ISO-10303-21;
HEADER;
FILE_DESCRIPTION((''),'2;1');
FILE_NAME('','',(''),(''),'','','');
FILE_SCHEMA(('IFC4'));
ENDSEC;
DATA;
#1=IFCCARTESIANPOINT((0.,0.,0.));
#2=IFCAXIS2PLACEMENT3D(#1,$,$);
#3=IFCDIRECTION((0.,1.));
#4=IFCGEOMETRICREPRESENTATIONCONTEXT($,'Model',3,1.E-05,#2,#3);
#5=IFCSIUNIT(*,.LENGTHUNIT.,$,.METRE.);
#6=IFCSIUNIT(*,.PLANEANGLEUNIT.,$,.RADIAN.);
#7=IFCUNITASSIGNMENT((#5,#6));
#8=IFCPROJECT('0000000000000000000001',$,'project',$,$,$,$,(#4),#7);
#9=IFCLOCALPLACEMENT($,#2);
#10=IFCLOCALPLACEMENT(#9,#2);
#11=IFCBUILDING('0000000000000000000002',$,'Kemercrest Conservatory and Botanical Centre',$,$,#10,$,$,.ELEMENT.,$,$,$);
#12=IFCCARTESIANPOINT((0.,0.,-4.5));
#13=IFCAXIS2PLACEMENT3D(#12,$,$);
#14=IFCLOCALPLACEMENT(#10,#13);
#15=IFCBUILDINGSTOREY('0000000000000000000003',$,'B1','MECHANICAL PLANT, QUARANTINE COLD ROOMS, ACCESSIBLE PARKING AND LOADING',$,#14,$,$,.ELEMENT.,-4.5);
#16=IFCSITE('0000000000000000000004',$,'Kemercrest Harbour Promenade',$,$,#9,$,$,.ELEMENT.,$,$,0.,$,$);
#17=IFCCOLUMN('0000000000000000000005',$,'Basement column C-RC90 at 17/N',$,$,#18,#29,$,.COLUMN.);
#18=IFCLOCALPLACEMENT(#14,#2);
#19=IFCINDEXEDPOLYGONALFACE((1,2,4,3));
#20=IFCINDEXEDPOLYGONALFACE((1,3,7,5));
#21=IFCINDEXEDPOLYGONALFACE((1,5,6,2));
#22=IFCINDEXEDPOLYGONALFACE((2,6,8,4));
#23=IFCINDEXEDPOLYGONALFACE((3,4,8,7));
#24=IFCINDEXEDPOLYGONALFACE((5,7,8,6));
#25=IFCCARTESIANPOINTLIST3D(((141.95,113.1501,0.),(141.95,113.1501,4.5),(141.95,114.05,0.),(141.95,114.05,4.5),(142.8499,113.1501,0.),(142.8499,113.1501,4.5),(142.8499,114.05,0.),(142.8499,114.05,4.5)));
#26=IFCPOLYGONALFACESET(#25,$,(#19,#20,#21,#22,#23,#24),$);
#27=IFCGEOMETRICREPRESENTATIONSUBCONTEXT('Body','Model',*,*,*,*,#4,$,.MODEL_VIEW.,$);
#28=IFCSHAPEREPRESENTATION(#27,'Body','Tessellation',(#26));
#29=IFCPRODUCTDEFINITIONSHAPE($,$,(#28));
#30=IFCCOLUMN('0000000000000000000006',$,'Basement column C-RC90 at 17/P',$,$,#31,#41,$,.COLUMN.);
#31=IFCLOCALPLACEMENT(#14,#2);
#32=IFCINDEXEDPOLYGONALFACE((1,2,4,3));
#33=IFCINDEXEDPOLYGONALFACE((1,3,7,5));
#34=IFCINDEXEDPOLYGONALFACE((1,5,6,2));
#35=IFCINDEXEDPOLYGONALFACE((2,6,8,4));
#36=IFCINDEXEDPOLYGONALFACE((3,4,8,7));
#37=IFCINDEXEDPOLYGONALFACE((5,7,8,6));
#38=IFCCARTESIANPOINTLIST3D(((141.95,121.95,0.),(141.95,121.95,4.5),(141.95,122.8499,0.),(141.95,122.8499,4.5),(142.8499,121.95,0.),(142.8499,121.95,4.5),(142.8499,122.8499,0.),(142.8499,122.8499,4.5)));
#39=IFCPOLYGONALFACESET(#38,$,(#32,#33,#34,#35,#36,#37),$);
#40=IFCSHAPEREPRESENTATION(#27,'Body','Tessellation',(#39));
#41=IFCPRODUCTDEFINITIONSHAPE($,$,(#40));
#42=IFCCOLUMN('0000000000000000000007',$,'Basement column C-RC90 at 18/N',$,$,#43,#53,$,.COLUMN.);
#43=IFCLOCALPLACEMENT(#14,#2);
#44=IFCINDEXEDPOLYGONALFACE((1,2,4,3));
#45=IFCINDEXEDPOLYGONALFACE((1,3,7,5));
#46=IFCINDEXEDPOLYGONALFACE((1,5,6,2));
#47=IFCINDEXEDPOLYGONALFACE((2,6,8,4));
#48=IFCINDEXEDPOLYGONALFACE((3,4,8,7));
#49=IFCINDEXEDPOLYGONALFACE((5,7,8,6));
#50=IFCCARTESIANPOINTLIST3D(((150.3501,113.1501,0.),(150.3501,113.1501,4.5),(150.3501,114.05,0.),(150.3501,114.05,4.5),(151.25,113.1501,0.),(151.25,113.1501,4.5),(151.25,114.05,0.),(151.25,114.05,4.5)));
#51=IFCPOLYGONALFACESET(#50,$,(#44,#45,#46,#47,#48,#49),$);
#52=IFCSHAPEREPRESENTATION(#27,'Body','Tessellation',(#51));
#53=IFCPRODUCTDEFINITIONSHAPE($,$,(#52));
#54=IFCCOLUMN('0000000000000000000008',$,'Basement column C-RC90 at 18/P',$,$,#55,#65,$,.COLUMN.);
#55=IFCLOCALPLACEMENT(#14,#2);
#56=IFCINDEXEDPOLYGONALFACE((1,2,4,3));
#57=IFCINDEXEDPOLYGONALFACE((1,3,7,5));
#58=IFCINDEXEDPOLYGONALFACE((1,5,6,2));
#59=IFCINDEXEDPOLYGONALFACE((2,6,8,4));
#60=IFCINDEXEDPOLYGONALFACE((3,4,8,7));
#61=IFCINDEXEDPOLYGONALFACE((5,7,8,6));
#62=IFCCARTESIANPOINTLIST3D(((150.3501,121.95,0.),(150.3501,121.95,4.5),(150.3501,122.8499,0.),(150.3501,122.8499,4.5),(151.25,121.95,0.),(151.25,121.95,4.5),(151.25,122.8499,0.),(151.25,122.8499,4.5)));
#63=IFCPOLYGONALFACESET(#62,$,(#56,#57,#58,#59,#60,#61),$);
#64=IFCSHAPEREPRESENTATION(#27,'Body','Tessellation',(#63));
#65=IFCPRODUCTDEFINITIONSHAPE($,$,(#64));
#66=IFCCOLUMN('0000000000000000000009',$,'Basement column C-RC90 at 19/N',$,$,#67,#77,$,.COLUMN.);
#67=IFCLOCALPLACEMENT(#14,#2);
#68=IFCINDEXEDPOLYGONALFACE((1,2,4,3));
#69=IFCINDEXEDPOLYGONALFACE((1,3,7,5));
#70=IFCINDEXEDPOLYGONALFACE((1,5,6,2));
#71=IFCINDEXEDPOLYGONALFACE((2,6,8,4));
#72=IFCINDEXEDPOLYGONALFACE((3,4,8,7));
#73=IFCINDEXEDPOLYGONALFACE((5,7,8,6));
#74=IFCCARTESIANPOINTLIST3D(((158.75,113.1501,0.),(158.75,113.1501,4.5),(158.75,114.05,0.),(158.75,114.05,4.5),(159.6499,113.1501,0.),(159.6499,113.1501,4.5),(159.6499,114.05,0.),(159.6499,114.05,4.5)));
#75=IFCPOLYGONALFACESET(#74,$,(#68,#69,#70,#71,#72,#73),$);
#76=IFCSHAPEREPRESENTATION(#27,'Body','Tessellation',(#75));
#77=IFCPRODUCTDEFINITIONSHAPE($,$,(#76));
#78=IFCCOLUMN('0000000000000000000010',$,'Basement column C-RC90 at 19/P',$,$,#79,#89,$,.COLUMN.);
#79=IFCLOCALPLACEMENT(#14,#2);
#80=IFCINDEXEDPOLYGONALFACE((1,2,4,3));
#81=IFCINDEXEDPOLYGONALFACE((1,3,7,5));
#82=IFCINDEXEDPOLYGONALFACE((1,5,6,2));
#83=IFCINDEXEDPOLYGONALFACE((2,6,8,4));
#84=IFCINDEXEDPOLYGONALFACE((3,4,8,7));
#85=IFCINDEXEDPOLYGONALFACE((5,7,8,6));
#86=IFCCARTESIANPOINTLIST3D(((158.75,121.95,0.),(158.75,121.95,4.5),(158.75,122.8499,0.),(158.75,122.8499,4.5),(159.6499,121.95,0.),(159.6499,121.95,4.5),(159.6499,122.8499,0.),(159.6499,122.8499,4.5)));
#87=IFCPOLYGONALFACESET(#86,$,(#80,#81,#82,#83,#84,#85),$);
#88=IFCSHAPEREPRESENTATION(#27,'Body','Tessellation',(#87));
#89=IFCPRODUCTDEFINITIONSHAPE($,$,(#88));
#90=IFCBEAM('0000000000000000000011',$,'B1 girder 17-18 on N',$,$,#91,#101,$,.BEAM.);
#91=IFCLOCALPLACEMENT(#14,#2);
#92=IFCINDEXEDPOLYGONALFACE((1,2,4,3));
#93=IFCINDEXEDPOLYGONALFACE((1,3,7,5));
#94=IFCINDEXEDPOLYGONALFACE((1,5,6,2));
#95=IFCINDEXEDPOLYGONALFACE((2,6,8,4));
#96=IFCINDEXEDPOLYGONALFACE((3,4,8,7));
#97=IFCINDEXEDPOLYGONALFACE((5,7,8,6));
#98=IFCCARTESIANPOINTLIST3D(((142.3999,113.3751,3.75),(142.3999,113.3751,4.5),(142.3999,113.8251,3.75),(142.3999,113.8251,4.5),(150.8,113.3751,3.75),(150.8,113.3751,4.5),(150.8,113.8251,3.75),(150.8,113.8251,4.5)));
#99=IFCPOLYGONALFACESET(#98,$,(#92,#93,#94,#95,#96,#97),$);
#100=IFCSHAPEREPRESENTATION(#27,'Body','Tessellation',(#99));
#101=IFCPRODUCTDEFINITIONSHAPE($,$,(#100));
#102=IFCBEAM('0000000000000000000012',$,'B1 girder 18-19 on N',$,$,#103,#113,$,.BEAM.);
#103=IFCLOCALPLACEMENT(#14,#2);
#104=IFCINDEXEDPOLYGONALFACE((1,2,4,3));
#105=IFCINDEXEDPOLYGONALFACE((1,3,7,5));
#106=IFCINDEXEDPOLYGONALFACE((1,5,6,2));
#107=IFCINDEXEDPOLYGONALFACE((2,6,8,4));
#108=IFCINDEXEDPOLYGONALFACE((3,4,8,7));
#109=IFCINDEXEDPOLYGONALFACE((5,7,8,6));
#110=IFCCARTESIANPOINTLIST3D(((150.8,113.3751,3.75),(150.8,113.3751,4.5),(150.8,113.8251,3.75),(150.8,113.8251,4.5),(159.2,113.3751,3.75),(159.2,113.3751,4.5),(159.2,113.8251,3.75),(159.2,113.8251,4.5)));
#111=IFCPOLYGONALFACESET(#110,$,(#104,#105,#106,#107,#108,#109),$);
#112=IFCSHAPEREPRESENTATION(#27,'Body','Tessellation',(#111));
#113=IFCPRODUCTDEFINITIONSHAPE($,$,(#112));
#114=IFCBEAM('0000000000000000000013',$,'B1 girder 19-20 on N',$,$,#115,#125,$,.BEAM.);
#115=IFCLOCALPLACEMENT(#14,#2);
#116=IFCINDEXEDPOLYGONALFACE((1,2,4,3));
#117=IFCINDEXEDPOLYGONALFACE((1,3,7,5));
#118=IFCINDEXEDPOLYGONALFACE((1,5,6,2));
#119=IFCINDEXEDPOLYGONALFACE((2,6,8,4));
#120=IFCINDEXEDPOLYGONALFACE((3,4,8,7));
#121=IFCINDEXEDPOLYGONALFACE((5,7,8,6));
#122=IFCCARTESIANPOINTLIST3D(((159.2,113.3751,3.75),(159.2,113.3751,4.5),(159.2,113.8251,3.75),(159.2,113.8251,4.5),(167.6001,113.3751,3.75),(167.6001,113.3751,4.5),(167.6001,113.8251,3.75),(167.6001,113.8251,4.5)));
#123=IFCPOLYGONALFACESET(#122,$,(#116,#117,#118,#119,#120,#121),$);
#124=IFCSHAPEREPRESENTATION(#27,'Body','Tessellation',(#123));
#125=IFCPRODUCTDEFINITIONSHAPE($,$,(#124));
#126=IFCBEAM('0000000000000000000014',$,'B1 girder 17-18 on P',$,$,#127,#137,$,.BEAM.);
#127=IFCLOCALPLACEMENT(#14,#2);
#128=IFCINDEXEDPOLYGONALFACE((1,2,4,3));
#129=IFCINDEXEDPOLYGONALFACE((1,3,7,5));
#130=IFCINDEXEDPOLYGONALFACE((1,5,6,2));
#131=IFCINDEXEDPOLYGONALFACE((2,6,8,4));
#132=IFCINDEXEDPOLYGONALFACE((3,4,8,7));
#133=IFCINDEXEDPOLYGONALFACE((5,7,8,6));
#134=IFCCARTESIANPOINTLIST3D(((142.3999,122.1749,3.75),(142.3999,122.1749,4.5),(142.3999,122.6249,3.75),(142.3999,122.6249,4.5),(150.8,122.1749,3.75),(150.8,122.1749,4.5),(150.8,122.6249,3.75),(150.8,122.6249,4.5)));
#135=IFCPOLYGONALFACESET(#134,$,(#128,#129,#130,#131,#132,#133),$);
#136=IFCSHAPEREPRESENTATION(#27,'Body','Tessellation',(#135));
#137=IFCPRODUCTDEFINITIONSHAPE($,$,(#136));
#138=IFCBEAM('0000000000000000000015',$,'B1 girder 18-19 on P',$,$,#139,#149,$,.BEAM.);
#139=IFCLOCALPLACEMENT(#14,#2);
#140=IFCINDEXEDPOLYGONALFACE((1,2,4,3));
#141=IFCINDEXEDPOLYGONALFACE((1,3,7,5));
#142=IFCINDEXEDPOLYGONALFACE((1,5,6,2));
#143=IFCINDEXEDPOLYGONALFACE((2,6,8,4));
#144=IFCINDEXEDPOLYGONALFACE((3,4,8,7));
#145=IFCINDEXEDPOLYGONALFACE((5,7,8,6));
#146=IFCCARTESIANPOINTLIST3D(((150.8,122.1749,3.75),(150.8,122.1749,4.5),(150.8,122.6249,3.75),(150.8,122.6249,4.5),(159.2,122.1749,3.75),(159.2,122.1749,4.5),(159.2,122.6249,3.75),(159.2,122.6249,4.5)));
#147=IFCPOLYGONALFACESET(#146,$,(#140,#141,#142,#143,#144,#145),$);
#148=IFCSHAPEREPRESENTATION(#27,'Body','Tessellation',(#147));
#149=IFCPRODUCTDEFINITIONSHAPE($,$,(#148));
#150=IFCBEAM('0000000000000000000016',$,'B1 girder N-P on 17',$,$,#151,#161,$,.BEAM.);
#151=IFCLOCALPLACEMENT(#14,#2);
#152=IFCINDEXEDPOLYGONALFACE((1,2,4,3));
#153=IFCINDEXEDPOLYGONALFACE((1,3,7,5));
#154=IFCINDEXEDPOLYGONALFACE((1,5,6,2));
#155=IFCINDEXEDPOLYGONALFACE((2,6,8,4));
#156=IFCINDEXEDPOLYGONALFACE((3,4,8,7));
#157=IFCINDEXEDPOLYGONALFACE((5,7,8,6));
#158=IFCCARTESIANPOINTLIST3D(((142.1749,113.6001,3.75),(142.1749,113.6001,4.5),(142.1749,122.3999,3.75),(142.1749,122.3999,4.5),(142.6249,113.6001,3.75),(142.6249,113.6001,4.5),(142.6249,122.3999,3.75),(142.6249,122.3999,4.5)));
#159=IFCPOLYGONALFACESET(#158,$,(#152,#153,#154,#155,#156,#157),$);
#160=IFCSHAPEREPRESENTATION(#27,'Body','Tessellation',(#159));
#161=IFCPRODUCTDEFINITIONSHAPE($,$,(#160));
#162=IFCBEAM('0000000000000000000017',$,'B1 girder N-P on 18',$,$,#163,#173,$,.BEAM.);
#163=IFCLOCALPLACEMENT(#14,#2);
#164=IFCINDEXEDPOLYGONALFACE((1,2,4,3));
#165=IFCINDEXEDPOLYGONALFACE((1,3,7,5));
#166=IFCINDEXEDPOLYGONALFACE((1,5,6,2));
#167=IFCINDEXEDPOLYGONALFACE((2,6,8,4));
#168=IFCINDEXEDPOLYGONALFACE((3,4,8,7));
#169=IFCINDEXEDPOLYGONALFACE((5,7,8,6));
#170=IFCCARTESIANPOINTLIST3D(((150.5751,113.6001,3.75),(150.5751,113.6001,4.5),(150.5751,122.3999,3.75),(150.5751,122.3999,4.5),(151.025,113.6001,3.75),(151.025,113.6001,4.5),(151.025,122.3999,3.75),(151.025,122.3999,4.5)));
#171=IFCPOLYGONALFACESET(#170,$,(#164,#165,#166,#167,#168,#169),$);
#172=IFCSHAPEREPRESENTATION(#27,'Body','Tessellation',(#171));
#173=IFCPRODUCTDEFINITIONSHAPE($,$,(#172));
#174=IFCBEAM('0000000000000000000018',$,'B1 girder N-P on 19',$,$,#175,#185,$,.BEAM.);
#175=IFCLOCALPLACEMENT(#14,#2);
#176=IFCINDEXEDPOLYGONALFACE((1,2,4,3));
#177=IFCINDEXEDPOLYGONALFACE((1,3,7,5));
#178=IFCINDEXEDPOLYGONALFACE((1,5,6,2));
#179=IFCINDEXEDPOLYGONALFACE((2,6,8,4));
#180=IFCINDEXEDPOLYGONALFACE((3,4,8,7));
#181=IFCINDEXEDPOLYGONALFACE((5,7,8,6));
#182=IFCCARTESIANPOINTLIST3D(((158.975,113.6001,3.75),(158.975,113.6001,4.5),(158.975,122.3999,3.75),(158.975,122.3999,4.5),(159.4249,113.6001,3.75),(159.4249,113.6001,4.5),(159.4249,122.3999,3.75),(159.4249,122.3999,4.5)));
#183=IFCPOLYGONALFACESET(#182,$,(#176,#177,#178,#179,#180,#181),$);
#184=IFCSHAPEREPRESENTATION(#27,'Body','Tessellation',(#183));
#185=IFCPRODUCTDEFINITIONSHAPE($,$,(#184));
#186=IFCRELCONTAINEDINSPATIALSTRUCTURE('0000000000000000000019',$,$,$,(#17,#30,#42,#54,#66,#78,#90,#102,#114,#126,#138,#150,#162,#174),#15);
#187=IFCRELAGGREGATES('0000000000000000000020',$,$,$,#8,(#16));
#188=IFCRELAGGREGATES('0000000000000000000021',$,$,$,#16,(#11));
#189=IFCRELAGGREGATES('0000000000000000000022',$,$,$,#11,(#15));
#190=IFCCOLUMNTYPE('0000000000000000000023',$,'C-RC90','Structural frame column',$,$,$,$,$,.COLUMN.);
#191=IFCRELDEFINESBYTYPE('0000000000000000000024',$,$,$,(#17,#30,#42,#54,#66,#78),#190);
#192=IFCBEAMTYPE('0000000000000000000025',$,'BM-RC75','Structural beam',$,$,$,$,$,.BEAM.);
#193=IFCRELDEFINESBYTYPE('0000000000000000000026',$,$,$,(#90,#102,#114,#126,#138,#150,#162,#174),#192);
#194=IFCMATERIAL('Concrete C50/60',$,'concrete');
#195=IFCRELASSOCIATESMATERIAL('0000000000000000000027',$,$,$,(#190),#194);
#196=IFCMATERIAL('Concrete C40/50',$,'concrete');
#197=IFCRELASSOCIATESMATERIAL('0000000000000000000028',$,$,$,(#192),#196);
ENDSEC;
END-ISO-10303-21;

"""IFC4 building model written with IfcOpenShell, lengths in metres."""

from ifc_helpers import new_model, si_unit, direction, frame, origin, origin_2d, place, context, subcontext, project, spatial, rectangle, extrude, material, material_profile, profile_set, type_object, element, save


model = new_model("IFC4")

# Units and contexts
model_context = context("Model", 3, precision=1e-05, world=origin(), true_north=direction((0.0, 1.0)))
body_context = subcontext(model_context, "Body", "Model", "MODEL_VIEW")
ifc_project = project(units=[si_unit("LENGTHUNIT", "METRE"), si_unit("PLANEANGLEUNIT", "RADIAN")], contexts=[model_context])

# Site, building, storey
site_placement = place(None, origin())
site = spatial("IfcSite", under=ifc_project, at=site_placement, Name="Kemercrest Harbour Promenade", CompositionType="ELEMENT", RefElevation=0.0)
building_placement = place(site_placement, origin())
building = spatial("IfcBuilding", under=site, at=building_placement, Name="Kemercrest Conservatory and Botanical Centre", CompositionType="ELEMENT")
storey_placement = place(building_placement, frame((0.0, 0.0, -4.5)))
storey = spatial("IfcBuildingStorey", under=building, at=storey_placement, Name="B1", Description="MECHANICAL PLANT, QUARANTINE COLD ROOMS, ACCESSIBLE PARKING AND LOADING", CompositionType="ELEMENT", Elevation=-4.5)

# Shared definitions
ifc_material_1 = material(Name="Concrete C40/50", Category="concrete")

# Columns
ifc_material_2 = material(Name="Concrete C50/60", Category="concrete")
ifc_material_profile_1 = material_profile(ifc_material_2, rectangle(XDim=0.8999, YDim=0.8999, at=origin_2d()), Name="RC 900x900")
ifc_profile_set_1 = profile_set([ifc_material_profile_1], Name="Concrete C50/60")
column_type = type_object("IfcColumnType", Name="C-RC90", Description="Structural frame column", PredefinedType="COLUMN", material=ifc_profile_set_1)
for number, where, z_axis, x_axis, name in (
    (1, (142.3999, 113.6001, 0.0), (0.0, 0.0, 1.0), (1.0, 0.0, 0.0), "Basement column C-RC90 at 17/N"),
    (2, (142.3999, 122.3999, 0.0), (0.0, 0.0, 1.0), (1.0, 0.0, 0.0), "Basement column C-RC90 at 17/P"),
    (3, (150.8, 113.6001, 0.0), (0.0, 0.0, 1.0), (1.0, 0.0, 0.0), "Basement column C-RC90 at 18/N"),
    (4, (150.8, 122.3999, 0.0), (0.0, 0.0, 1.0), (1.0, 0.0, 0.0), "Basement column C-RC90 at 18/P"),
    (5, (159.2, 113.6001, 0.0), (0.0, 0.0, 1.0), (1.0, 0.0, 0.0), "Basement column C-RC90 at 19/N"),
    (6, (159.2, 122.3999, 0.0), (0.0, 0.0, 1.0), (1.0, 0.0, 0.0), "Basement column C-RC90 at 19/P"),
):
    element("IfcColumn", number, at=place(storey_placement, frame(where, z_axis=z_axis, x_axis=x_axis)), inside=storey, type_object=column_type, Name=name, PredefinedType="COLUMN", context=body_context, shape_type="SweptSolid", body=[
        extrude(rectangle(XDim=0.8999, YDim=0.8999, at=origin_2d()), origin(), (0.0, 0.0, 1.0), 4.5),
    ])

# Beams
ifc_material_profile_2 = material_profile(ifc_material_1, rectangle(XDim=0.45, YDim=0.75, at=origin_2d()), Name="RC 450x750")
ifc_profile_set_2 = profile_set([ifc_material_profile_2], Name="Concrete C40/50")
beam_type = type_object("IfcBeamType", Name="BM-RC75", Description="Structural beam", PredefinedType="BEAM", material=ifc_profile_set_2)
beam_1_placement = place(storey_placement, frame((142.3999, 113.6001, 4.125), z_axis=(1.0, 0.0, 0.0), x_axis=(0.0, 1.0, 0.0)))
element("IfcBeam", 7, at=beam_1_placement, inside=storey, type_object=beam_type, Name="B1 girder 17-18 on N", PredefinedType="BEAM", context=body_context, shape_type="SweptSolid", body=[
    extrude(rectangle(XDim=0.45, YDim=0.75, at=origin_2d()), origin(), (0.0, 0.0, 1.0), 8.4001),
])
beam_2_placement = place(storey_placement, frame((150.8, 113.6001, 4.125), z_axis=(1.0, 0.0, 0.0), x_axis=(0.0, 1.0, 0.0)))
element("IfcBeam", 8, at=beam_2_placement, inside=storey, type_object=beam_type, Name="B1 girder 18-19 on N", PredefinedType="BEAM", context=body_context, shape_type="SweptSolid", body=[
    extrude(rectangle(XDim=0.45, YDim=0.75, at=origin_2d()), origin(), (0.0, 0.0, 1.0), 8.3999),
])
for number, where, z_axis, x_axis, name in (
    (9, (159.2, 113.6001, 4.125), (1.0, 0.0, 0.0), (0.0, 1.0, 0.0), "B1 girder 19-20 on N"),
    (10, (142.3999, 122.3999, 4.125), (1.0, 0.0, 0.0), (0.0, 1.0, 0.0), "B1 girder 17-18 on P"),
):
    element("IfcBeam", number, at=place(storey_placement, frame(where, z_axis=z_axis, x_axis=x_axis)), inside=storey, type_object=beam_type, Name=name, PredefinedType="BEAM", context=body_context, shape_type="SweptSolid", body=[
        extrude(rectangle(XDim=0.45, YDim=0.75, at=origin_2d()), origin(), (0.0, 0.0, 1.0), 8.4001),
    ])
beam_3_placement = place(storey_placement, frame((150.8, 122.3999, 4.125), z_axis=(1.0, 0.0, 0.0), x_axis=(0.0, 1.0, 0.0)))
element("IfcBeam", 11, at=beam_3_placement, inside=storey, type_object=beam_type, Name="B1 girder 18-19 on P", PredefinedType="BEAM", context=body_context, shape_type="SweptSolid", body=[
    extrude(rectangle(XDim=0.45, YDim=0.75, at=origin_2d()), origin(), (0.0, 0.0, 1.0), 8.3999),
])
for number, where, z_axis, x_axis, name in (
    (12, (142.3999, 113.6001, 4.125), (0.0, 1.0, 0.0), (-1.0, 0.0, 0.0), "B1 girder N-P on 17"),
    (13, (150.8, 113.6001, 4.125), (0.0, 1.0, 0.0), (-1.0, 0.0, 0.0), "B1 girder N-P on 18"),
    (14, (159.2, 113.6001, 4.125), (0.0, 1.0, 0.0), (-1.0, 0.0, 0.0), "B1 girder N-P on 19"),
):
    element("IfcBeam", number, at=place(storey_placement, frame(where, z_axis=z_axis, x_axis=x_axis)), inside=storey, type_object=beam_type, Name=name, PredefinedType="BEAM", context=body_context, shape_type="SweptSolid", body=[
        extrude(rectangle(XDim=0.45, YDim=0.75, at=origin_2d()), origin(), (0.0, 0.0, 1.0), 8.7998),
    ])

save(model, "model.ifc")
